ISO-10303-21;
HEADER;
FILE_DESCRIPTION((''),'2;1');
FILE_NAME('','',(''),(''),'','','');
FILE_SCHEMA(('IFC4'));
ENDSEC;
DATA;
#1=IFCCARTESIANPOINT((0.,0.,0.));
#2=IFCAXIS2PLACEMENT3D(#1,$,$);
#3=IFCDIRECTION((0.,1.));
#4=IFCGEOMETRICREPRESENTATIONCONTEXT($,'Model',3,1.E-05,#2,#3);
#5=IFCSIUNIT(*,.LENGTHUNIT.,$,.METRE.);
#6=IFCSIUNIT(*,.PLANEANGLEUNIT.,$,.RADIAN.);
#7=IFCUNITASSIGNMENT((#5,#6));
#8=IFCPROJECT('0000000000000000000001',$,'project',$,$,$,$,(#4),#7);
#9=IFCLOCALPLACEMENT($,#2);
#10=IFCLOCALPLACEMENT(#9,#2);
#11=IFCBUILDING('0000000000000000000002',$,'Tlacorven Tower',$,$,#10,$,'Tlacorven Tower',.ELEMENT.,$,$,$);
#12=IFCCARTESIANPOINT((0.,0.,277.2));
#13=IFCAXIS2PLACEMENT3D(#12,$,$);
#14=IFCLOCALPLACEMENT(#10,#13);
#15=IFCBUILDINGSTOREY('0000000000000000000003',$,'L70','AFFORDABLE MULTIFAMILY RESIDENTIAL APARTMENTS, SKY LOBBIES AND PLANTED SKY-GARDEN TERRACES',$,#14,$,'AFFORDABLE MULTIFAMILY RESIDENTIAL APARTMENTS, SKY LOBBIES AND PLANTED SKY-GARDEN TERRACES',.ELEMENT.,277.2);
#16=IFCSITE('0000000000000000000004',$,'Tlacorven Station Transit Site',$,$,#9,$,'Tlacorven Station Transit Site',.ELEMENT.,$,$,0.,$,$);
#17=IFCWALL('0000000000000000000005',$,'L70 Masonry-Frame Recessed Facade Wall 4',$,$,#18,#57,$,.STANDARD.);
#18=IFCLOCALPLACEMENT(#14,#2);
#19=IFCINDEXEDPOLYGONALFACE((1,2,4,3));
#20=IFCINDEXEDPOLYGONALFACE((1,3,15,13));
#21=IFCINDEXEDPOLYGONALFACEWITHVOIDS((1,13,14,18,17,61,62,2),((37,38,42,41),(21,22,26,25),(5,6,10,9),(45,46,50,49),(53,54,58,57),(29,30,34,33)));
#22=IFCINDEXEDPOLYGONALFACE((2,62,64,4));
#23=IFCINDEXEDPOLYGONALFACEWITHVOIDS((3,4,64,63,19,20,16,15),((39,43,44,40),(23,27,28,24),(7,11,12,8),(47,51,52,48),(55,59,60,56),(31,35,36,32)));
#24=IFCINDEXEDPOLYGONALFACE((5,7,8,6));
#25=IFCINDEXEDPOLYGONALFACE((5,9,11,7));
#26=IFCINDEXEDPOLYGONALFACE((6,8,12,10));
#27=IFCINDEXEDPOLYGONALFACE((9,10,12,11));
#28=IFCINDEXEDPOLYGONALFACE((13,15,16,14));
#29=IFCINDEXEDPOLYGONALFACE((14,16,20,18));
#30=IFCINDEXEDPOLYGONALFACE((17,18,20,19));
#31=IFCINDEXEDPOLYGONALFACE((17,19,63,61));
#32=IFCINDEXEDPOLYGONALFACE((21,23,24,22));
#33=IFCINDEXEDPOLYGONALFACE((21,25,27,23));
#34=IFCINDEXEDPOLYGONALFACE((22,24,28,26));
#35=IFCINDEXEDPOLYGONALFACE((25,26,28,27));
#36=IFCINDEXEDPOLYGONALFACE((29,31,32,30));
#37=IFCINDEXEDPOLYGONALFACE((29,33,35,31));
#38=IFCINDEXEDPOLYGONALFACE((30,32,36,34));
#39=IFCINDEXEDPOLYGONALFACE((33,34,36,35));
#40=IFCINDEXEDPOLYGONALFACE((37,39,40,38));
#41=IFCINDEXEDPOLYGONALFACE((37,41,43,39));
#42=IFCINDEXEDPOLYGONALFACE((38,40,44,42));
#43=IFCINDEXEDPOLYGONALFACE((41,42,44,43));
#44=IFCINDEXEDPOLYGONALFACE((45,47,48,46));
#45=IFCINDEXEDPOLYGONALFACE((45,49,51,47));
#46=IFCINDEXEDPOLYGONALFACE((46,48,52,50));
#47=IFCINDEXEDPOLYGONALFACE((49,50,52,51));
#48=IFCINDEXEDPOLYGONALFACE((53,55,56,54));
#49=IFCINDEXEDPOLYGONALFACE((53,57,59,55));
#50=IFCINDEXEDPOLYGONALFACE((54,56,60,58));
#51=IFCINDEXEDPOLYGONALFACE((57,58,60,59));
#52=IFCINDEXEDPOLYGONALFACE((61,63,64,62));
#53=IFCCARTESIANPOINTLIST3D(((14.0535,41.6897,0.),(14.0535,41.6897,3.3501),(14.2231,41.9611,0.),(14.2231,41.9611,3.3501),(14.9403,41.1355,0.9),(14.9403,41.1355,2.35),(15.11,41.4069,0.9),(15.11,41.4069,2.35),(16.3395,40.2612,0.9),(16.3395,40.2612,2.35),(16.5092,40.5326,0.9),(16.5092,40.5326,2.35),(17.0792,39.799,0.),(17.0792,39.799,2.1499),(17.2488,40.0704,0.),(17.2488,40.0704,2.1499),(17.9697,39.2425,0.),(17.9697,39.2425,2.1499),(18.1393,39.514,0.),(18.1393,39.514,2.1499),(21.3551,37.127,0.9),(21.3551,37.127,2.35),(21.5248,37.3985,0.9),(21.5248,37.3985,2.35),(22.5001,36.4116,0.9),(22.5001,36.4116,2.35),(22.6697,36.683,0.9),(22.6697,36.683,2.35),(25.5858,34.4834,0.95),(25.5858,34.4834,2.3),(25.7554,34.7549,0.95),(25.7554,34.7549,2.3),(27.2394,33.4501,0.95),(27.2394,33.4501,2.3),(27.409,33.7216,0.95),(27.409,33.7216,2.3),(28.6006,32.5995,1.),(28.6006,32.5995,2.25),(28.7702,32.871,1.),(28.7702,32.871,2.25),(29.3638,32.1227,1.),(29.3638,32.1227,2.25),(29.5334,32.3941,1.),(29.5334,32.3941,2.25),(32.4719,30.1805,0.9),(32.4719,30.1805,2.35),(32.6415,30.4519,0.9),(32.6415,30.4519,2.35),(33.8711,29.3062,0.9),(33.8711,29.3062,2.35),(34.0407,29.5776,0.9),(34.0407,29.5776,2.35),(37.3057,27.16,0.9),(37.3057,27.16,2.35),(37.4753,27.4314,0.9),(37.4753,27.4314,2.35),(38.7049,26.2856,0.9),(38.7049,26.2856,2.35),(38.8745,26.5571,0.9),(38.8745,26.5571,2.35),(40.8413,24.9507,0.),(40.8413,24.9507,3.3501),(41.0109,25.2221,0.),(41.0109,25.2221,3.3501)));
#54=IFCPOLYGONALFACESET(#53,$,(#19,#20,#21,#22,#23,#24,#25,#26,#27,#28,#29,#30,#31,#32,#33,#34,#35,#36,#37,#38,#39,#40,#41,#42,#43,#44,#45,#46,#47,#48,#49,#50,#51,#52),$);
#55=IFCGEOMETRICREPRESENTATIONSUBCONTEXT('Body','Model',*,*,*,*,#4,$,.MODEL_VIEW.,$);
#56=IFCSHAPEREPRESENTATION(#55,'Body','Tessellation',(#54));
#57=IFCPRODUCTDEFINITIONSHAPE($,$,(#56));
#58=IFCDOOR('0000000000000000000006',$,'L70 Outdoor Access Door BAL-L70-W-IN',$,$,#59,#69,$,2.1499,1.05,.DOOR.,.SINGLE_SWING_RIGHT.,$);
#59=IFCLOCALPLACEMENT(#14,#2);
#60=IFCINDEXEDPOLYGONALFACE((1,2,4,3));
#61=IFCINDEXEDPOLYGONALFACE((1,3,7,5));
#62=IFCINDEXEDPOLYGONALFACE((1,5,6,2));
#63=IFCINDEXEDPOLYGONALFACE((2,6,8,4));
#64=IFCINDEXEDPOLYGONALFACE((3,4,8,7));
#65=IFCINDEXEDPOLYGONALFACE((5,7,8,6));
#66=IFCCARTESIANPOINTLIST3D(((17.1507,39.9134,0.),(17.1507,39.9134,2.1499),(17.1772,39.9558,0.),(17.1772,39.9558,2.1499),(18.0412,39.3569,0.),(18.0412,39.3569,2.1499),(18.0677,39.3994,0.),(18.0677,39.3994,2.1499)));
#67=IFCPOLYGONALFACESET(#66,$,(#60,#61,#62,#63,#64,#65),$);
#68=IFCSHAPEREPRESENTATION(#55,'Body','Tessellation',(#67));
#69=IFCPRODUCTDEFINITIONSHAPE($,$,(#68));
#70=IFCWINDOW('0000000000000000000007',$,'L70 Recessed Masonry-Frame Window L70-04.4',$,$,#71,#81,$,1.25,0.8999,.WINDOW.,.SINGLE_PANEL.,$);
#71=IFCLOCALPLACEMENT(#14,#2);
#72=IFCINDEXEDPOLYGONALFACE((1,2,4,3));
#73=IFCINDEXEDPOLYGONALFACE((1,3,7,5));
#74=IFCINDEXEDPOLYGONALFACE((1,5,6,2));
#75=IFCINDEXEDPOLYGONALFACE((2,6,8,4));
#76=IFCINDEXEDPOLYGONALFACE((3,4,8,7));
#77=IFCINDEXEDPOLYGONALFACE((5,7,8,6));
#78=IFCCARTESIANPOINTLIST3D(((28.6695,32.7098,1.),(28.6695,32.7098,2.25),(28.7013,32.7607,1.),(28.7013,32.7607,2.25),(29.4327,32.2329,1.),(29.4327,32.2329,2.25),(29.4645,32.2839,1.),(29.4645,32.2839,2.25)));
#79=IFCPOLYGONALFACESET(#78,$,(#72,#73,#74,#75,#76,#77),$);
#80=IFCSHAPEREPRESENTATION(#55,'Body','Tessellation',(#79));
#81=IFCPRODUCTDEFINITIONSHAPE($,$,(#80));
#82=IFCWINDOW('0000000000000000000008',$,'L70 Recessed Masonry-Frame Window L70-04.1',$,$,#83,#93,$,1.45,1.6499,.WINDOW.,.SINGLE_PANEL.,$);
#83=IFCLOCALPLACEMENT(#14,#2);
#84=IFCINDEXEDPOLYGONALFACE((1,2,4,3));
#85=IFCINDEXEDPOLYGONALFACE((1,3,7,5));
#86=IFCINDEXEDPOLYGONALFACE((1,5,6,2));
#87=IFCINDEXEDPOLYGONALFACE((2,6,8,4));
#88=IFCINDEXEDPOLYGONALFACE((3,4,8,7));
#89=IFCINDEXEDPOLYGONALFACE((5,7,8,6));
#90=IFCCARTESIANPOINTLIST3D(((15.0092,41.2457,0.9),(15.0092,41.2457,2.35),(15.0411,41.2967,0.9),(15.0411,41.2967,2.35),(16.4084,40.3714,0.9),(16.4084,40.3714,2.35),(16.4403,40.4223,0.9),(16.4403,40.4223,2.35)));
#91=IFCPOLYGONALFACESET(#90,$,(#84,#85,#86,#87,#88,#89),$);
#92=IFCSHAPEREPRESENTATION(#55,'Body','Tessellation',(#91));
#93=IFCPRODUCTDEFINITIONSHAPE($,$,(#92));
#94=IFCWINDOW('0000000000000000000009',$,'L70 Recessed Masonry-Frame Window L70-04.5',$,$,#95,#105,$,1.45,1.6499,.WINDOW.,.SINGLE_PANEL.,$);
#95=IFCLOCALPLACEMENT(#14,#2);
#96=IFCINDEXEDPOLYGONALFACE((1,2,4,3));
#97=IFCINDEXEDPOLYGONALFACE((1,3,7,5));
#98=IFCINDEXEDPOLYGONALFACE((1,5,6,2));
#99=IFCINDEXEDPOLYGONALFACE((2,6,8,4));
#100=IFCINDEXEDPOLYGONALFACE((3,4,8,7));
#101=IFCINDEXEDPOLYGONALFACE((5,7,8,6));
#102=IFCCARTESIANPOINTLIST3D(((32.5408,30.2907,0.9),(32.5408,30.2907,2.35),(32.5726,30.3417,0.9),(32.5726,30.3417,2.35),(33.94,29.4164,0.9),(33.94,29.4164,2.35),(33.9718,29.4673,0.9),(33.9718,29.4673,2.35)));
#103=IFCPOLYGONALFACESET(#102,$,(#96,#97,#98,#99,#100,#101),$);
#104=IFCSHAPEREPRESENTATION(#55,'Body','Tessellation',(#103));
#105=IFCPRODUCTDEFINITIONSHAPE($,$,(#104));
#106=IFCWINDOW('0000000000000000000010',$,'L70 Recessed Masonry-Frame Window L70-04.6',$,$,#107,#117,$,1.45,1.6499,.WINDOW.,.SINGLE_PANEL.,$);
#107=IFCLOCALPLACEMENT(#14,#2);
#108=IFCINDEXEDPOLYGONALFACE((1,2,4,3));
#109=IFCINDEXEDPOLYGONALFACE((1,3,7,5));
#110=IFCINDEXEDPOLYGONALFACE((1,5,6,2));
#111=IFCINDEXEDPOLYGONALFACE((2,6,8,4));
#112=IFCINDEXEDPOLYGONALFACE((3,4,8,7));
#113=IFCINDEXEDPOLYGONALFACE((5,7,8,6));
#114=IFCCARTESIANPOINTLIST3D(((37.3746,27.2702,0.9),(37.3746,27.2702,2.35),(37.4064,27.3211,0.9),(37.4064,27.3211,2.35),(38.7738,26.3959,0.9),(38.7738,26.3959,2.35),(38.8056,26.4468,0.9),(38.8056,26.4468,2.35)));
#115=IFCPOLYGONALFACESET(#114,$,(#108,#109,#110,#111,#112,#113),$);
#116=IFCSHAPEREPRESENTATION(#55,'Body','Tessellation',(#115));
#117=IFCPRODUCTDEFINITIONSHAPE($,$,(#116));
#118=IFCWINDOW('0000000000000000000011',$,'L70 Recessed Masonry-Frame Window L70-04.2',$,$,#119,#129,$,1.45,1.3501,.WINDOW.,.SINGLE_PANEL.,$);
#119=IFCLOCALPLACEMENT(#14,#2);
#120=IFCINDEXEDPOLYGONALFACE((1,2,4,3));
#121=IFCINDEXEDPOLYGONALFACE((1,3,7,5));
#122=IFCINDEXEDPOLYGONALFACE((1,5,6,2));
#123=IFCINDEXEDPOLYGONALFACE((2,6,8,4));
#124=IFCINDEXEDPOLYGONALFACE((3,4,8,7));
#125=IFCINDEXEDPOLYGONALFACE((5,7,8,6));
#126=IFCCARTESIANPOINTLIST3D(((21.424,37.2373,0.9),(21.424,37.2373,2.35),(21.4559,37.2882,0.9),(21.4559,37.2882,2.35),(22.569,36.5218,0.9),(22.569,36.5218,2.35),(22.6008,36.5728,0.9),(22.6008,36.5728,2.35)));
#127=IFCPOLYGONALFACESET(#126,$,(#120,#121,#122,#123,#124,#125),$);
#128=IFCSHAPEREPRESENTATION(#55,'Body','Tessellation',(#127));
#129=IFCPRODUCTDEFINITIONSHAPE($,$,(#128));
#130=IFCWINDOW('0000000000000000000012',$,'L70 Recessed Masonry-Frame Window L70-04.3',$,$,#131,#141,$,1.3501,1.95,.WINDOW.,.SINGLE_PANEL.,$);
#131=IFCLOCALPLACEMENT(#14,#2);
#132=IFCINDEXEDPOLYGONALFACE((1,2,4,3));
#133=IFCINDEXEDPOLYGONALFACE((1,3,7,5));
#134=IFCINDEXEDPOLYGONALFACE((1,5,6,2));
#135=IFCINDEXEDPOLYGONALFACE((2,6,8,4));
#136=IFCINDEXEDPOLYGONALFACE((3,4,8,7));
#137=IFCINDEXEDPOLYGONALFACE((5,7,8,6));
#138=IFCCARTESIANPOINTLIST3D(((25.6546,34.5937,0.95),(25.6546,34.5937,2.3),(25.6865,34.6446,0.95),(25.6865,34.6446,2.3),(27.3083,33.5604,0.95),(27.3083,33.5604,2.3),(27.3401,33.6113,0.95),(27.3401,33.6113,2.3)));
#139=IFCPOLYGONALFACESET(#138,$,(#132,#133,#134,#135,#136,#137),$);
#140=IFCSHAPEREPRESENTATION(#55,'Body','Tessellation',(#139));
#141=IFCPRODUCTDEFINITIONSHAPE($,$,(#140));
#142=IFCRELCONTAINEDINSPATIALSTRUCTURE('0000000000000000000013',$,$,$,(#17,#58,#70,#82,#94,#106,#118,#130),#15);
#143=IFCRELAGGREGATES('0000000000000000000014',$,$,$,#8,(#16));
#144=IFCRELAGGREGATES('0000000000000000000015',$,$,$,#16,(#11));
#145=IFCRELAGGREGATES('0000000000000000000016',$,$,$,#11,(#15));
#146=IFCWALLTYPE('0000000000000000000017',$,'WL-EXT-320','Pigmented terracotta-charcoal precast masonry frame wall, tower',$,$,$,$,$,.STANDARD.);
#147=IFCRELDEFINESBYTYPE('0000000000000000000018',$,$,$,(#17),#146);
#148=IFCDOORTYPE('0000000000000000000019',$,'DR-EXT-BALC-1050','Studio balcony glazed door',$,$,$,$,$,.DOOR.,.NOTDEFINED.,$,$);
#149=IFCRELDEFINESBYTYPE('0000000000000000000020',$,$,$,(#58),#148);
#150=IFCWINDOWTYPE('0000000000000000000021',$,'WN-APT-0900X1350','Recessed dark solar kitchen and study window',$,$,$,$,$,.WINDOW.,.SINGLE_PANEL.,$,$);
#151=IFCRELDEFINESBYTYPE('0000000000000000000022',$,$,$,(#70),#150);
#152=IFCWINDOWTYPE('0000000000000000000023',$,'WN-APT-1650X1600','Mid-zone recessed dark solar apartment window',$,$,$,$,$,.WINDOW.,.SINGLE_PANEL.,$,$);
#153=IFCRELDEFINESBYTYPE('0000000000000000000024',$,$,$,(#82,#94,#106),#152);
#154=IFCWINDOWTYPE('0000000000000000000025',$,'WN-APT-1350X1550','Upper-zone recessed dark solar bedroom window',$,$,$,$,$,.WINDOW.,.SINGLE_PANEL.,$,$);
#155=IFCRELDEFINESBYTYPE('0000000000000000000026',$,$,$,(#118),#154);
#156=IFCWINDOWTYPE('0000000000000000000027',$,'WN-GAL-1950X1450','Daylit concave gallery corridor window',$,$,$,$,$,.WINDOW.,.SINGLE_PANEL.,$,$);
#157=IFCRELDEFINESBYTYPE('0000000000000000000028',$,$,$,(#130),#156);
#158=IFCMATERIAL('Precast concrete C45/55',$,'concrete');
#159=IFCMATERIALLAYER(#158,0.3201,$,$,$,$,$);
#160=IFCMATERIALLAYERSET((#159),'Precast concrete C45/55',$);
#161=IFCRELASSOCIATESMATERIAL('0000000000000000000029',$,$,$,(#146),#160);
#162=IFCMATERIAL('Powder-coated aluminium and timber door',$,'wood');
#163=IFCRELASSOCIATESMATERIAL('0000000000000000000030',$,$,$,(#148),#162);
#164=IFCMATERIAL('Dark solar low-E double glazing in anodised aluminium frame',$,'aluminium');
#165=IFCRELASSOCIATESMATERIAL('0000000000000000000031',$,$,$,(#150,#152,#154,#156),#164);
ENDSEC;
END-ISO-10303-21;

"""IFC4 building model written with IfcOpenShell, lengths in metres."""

from ifc_helpers import new_model, si_unit, direction, frame, frame_2d, origin, place, context, subcontext, project, spatial, rectangle, extrude, source, transform, mapped, material, layer, layer_set, type_object, element, fill, save


model = new_model("IFC4")

# Units and contexts
model_context = context("Model", 3, precision=1e-05, world=origin(), true_north=direction((0.0, 1.0)))
body_context = subcontext(model_context, "Body", "Model", "MODEL_VIEW")
ifc_project = project(units=[si_unit("LENGTHUNIT", "METRE"), si_unit("PLANEANGLEUNIT", "RADIAN")], contexts=[model_context])

# Site, building, storey
site_placement = place(None, origin())
site = spatial("IfcSite", under=ifc_project, at=site_placement, Name="Tlacorven Station Transit Site", LongName="Tlacorven Station Transit Site", CompositionType="ELEMENT", RefElevation=0.0)
building_placement = place(site_placement, origin())
building = spatial("IfcBuilding", under=site, at=building_placement, Name="Tlacorven Tower", LongName="Tlacorven Tower", CompositionType="ELEMENT")
storey_placement = place(building_placement, frame((0.0, 0.0, 277.2)))
storey = spatial("IfcBuildingStorey", under=building, at=storey_placement, Name="L70", Description="AFFORDABLE MULTIFAMILY RESIDENTIAL APARTMENTS, SKY LOBBIES AND PLANTED SKY-GARDEN TERRACES", LongName="AFFORDABLE MULTIFAMILY RESIDENTIAL APARTMENTS, SKY LOBBIES AND PLANTED SKY-GARDEN TERRACES", CompositionType="ELEMENT", Elevation=277.2)

# Wall, openings, door, windows
ifc_material_1 = material(Name="Precast concrete C45/55", Category="concrete")
ifc_layer_1 = layer(ifc_material_1, 0.3201)
ifc_layer_set_1 = layer_set([ifc_layer_1], Name="Precast concrete C45/55")
wall_type = type_object("IfcWallType", Name="WL-EXT-320", Description="Pigmented terracotta-charcoal precast masonry frame wall, tower", PredefinedType="STANDARD", material=ifc_layer_set_1)
wall_placement = place(storey_placement, frame((14.1382, 41.8254, 0.0), z_axis=(0.0, 0.0, 1.0), x_axis=(0.848046, -0.529922, 0.0)))
wall = element("IfcWall", 1, at=wall_placement, inside=storey, type_object=wall_type, Name="L70 Masonry-Frame Recessed Facade Wall 4", PredefinedType="STANDARD", context=body_context, shape_type="SweptSolid", body=[
    extrude(rectangle(XDim=31.5876, YDim=0.3201, at=frame_2d((15.7939, 0.0))), origin(), (0.0, 0.0, 1.0), 3.3501),
])
opening_1_placement = place(wall_placement, frame((3.5681, 0.0, 0.0)))
opening_1 = element("IfcOpeningElement", 2, at=opening_1_placement, cuts=wall, PredefinedType="OPENING", context=body_context, shape_type="SweptSolid", body=[
    extrude(rectangle(XDim=1.05, YDim=2.1499, at=frame_2d((0.5249, 1.075))), frame((0.0, 0.1699, 0.0), z_axis=(0.0, -1.0, 0.0), x_axis=(1.0, 0.0, 0.0)), (0.0, 0.0, 1.0), 0.3401),
])
opening_2_placement = place(wall_placement, frame((1.0459, 0.0, 0.8999)))
opening_2 = element("IfcOpeningElement", 3, at=opening_2_placement, cuts=wall, PredefinedType="OPENING", context=body_context, shape_type="SweptSolid", body=[
    extrude(rectangle(XDim=1.6499, YDim=1.45, at=frame_2d((0.825, 0.7251))), frame((0.0, 0.1699, 0.0), z_axis=(0.0, -1.0, 0.0), x_axis=(1.0, 0.0, 0.0)), (0.0, 0.0, 1.0), 0.3401),
])
opening_3_placement = place(wall_placement, frame((8.6101, 0.0, 0.8999)))
opening_3 = element("IfcOpeningElement", 4, at=opening_3_placement, cuts=wall, PredefinedType="OPENING", context=body_context, shape_type="SweptSolid", body=[
    extrude(rectangle(XDim=1.3501, YDim=1.45, at=frame_2d((0.675, 0.7251))), frame((0.0, 0.1699, 0.0), z_axis=(0.0, -1.0, 0.0), x_axis=(1.0, 0.0, 0.0)), (0.0, 0.0, 1.0), 0.3401),
])
opening_4_placement = place(wall_placement, frame((13.5986, 0.0, 0.95)))
opening_4 = element("IfcOpeningElement", 5, at=opening_4_placement, cuts=wall, PredefinedType="OPENING", context=body_context, shape_type="SweptSolid", body=[
    extrude(rectangle(XDim=1.95, YDim=1.3501, at=frame_2d((0.9751, 0.675))), frame((0.0, 0.1699, 0.0), z_axis=(0.0, -1.0, 0.0), x_axis=(1.0, 0.0, 0.0)), (0.0, 0.0, 1.0), 0.3401),
])
opening_5_placement = place(wall_placement, frame((17.1538, 0.0, 1.0)))
opening_5 = element("IfcOpeningElement", 6, at=opening_5_placement, cuts=wall, PredefinedType="OPENING", context=body_context, shape_type="SweptSolid", body=[
    extrude(rectangle(XDim=0.8999, YDim=1.25, at=frame_2d((0.45, 0.625))), frame((0.0, 0.1699, 0.0), z_axis=(0.0, -1.0, 0.0), x_axis=(1.0, 0.0, 0.0)), (0.0, 0.0, 1.0), 0.3401),
])
opening_6_placement = place(wall_placement, frame((21.7188, 0.0, 0.8999)))
opening_6 = element("IfcOpeningElement", 7, at=opening_6_placement, cuts=wall, PredefinedType="OPENING", context=body_context, shape_type="SweptSolid", body=[
    extrude(rectangle(XDim=1.6499, YDim=1.45, at=frame_2d((0.825, 0.7251))), frame((0.0, 0.1699, 0.0), z_axis=(0.0, -1.0, 0.0), x_axis=(1.0, 0.0, 0.0)), (0.0, 0.0, 1.0), 0.3401),
])
opening_7_placement = place(wall_placement, frame((27.4187, 0.0, 0.8999)))
opening_7 = element("IfcOpeningElement", 8, at=opening_7_placement, cuts=wall, PredefinedType="OPENING", context=body_context, shape_type="SweptSolid", body=[
    extrude(rectangle(XDim=1.6499, YDim=1.45, at=frame_2d((0.825, 0.7251))), frame((0.0, 0.1699, 0.0), z_axis=(0.0, -1.0, 0.0), x_axis=(1.0, 0.0, 0.0)), (0.0, 0.0, 1.0), 0.3401),
])
ifc_material_2 = material(Name="Powder-coated aluminium and timber door", Category="wood")
door_type = type_object("IfcDoorType", Name="DR-EXT-BALC-1050", Description="Studio balcony glazed door", OperationType="NOTDEFINED", PredefinedType="DOOR", material=ifc_material_2)
shared_shape_1 = source(origin(), body_context, "Body", "SweptSolid", [
    extrude(rectangle(XDim=1.05, YDim=2.1499, at=frame_2d((0.5249, 1.075))), frame((0.0, 0.0249, 0.0), z_axis=(0.0, -1.0, 0.0), x_axis=(1.0, 0.0, 0.0)), (0.0, 0.0, 1.0), 0.05),
])
door_placement = place(opening_1_placement, origin())
door = element("IfcDoor", 9, at=door_placement, inside=storey, type_object=door_type, Name="L70 Outdoor Access Door BAL-L70-W-IN", OperationType="SINGLE_SWING_RIGHT", OverallHeight=2.1499, OverallWidth=1.05, PredefinedType="DOOR", context=body_context, shape_type="MappedRepresentation", body=[
    mapped(shared_shape_1, transform((0.0, 0.0, 0.0), scale=1.0)),
])
fill(opening_1, door)
ifc_material_3 = material(Name="Dark solar low-E double glazing in anodised aluminium frame", Category="aluminium")
window_type_1 = type_object("IfcWindowType", Name="WN-APT-0900X1350", Description="Recessed dark solar kitchen and study window", PartitioningType="SINGLE_PANEL", PredefinedType="WINDOW", material=ifc_material_3)
shared_shape_2 = source(origin(), body_context, "Body", "SweptSolid", [
    extrude(rectangle(XDim=0.8999, YDim=1.25, at=frame_2d((0.45, 0.625))), frame((0.0, 0.03, 0.0), z_axis=(0.0, -1.0, 0.0), x_axis=(1.0, 0.0, 0.0)), (0.0, 0.0, 1.0), 0.0601),
])
window_1_placement = place(opening_5_placement, origin())
window_1 = element("IfcWindow", 10, at=window_1_placement, inside=storey, type_object=window_type_1, Name="L70 Recessed Masonry-Frame Window L70-04.4", OverallHeight=1.25, OverallWidth=0.8999, PartitioningType="SINGLE_PANEL", PredefinedType="WINDOW", context=body_context, shape_type="MappedRepresentation", body=[
    mapped(shared_shape_2, transform((0.0, 0.0, 0.0), scale=1.0)),
])
fill(opening_5, window_1)
window_type_2 = type_object("IfcWindowType", Name="WN-APT-1650X1600", Description="Mid-zone recessed dark solar apartment window", PartitioningType="SINGLE_PANEL", PredefinedType="WINDOW", material=ifc_material_3)
shared_shape_3 = source(origin(), body_context, "Body", "SweptSolid", [
    extrude(rectangle(XDim=1.6499, YDim=1.45, at=frame_2d((0.825, 0.7251))), frame((0.0, 0.03, 0.0), z_axis=(0.0, -1.0, 0.0), x_axis=(1.0, 0.0, 0.0)), (0.0, 0.0, 1.0), 0.0601),
])
window_2_placement = place(opening_2_placement, origin())
window_2 = element("IfcWindow", 11, at=window_2_placement, inside=storey, type_object=window_type_2, Name="L70 Recessed Masonry-Frame Window L70-04.1", OverallHeight=1.45, OverallWidth=1.6499, PartitioningType="SINGLE_PANEL", PredefinedType="WINDOW", context=body_context, shape_type="MappedRepresentation", body=[
    mapped(shared_shape_3, transform((0.0, 0.0, 0.0), scale=1.0)),
])
fill(opening_2, window_2)
window_3_placement = place(opening_6_placement, origin())
window_3 = element("IfcWindow", 12, at=window_3_placement, inside=storey, type_object=window_type_2, Name="L70 Recessed Masonry-Frame Window L70-04.5", OverallHeight=1.45, OverallWidth=1.6499, PartitioningType="SINGLE_PANEL", PredefinedType="WINDOW", context=body_context, shape_type="MappedRepresentation", body=[
    mapped(shared_shape_3, transform((0.0, 0.0, 0.0), scale=1.0)),
])
fill(opening_6, window_3)
window_4_placement = place(opening_7_placement, origin())
window_4 = element("IfcWindow", 13, at=window_4_placement, inside=storey, type_object=window_type_2, Name="L70 Recessed Masonry-Frame Window L70-04.6", OverallHeight=1.45, OverallWidth=1.6499, PartitioningType="SINGLE_PANEL", PredefinedType="WINDOW", context=body_context, shape_type="MappedRepresentation", body=[
    mapped(shared_shape_3, transform((0.0, 0.0, 0.0), scale=1.0)),
])
fill(opening_7, window_4)
window_type_3 = type_object("IfcWindowType", Name="WN-APT-1350X1550", Description="Upper-zone recessed dark solar bedroom window", PartitioningType="SINGLE_PANEL", PredefinedType="WINDOW", material=ifc_material_3)
shared_shape_4 = source(origin(), body_context, "Body", "SweptSolid", [
    extrude(rectangle(XDim=1.3501, YDim=1.45, at=frame_2d((0.675, 0.7251))), frame((0.0, 0.03, 0.0), z_axis=(0.0, -1.0, 0.0), x_axis=(1.0, 0.0, 0.0)), (0.0, 0.0, 1.0), 0.0601),
])
window_5_placement = place(opening_3_placement, origin())
window_5 = element("IfcWindow", 14, at=window_5_placement, inside=storey, type_object=window_type_3, Name="L70 Recessed Masonry-Frame Window L70-04.2", OverallHeight=1.45, OverallWidth=1.3501, PartitioningType="SINGLE_PANEL", PredefinedType="WINDOW", context=body_context, shape_type="MappedRepresentation", body=[
    mapped(shared_shape_4, transform((0.0, 0.0, 0.0), scale=1.0)),
])
fill(opening_3, window_5)
window_type_4 = type_object("IfcWindowType", Name="WN-GAL-1950X1450", Description="Daylit concave gallery corridor window", PartitioningType="SINGLE_PANEL", PredefinedType="WINDOW", material=ifc_material_3)
shared_shape_5 = source(origin(), body_context, "Body", "SweptSolid", [
    extrude(rectangle(XDim=1.95, YDim=1.3501, at=frame_2d((0.9751, 0.675))), frame((0.0, 0.03, 0.0), z_axis=(0.0, -1.0, 0.0), x_axis=(1.0, 0.0, 0.0)), (0.0, 0.0, 1.0), 0.0601),
])
window_6_placement = place(opening_4_placement, origin())
window_6 = element("IfcWindow", 15, at=window_6_placement, inside=storey, type_object=window_type_4, Name="L70 Recessed Masonry-Frame Window L70-04.3", OverallHeight=1.3501, OverallWidth=1.95, PartitioningType="SINGLE_PANEL", PredefinedType="WINDOW", context=body_context, shape_type="MappedRepresentation", body=[
    mapped(shared_shape_5, transform((0.0, 0.0, 0.0), scale=1.0)),
])
fill(opening_4, window_6)

save(model, "model.ifc")
